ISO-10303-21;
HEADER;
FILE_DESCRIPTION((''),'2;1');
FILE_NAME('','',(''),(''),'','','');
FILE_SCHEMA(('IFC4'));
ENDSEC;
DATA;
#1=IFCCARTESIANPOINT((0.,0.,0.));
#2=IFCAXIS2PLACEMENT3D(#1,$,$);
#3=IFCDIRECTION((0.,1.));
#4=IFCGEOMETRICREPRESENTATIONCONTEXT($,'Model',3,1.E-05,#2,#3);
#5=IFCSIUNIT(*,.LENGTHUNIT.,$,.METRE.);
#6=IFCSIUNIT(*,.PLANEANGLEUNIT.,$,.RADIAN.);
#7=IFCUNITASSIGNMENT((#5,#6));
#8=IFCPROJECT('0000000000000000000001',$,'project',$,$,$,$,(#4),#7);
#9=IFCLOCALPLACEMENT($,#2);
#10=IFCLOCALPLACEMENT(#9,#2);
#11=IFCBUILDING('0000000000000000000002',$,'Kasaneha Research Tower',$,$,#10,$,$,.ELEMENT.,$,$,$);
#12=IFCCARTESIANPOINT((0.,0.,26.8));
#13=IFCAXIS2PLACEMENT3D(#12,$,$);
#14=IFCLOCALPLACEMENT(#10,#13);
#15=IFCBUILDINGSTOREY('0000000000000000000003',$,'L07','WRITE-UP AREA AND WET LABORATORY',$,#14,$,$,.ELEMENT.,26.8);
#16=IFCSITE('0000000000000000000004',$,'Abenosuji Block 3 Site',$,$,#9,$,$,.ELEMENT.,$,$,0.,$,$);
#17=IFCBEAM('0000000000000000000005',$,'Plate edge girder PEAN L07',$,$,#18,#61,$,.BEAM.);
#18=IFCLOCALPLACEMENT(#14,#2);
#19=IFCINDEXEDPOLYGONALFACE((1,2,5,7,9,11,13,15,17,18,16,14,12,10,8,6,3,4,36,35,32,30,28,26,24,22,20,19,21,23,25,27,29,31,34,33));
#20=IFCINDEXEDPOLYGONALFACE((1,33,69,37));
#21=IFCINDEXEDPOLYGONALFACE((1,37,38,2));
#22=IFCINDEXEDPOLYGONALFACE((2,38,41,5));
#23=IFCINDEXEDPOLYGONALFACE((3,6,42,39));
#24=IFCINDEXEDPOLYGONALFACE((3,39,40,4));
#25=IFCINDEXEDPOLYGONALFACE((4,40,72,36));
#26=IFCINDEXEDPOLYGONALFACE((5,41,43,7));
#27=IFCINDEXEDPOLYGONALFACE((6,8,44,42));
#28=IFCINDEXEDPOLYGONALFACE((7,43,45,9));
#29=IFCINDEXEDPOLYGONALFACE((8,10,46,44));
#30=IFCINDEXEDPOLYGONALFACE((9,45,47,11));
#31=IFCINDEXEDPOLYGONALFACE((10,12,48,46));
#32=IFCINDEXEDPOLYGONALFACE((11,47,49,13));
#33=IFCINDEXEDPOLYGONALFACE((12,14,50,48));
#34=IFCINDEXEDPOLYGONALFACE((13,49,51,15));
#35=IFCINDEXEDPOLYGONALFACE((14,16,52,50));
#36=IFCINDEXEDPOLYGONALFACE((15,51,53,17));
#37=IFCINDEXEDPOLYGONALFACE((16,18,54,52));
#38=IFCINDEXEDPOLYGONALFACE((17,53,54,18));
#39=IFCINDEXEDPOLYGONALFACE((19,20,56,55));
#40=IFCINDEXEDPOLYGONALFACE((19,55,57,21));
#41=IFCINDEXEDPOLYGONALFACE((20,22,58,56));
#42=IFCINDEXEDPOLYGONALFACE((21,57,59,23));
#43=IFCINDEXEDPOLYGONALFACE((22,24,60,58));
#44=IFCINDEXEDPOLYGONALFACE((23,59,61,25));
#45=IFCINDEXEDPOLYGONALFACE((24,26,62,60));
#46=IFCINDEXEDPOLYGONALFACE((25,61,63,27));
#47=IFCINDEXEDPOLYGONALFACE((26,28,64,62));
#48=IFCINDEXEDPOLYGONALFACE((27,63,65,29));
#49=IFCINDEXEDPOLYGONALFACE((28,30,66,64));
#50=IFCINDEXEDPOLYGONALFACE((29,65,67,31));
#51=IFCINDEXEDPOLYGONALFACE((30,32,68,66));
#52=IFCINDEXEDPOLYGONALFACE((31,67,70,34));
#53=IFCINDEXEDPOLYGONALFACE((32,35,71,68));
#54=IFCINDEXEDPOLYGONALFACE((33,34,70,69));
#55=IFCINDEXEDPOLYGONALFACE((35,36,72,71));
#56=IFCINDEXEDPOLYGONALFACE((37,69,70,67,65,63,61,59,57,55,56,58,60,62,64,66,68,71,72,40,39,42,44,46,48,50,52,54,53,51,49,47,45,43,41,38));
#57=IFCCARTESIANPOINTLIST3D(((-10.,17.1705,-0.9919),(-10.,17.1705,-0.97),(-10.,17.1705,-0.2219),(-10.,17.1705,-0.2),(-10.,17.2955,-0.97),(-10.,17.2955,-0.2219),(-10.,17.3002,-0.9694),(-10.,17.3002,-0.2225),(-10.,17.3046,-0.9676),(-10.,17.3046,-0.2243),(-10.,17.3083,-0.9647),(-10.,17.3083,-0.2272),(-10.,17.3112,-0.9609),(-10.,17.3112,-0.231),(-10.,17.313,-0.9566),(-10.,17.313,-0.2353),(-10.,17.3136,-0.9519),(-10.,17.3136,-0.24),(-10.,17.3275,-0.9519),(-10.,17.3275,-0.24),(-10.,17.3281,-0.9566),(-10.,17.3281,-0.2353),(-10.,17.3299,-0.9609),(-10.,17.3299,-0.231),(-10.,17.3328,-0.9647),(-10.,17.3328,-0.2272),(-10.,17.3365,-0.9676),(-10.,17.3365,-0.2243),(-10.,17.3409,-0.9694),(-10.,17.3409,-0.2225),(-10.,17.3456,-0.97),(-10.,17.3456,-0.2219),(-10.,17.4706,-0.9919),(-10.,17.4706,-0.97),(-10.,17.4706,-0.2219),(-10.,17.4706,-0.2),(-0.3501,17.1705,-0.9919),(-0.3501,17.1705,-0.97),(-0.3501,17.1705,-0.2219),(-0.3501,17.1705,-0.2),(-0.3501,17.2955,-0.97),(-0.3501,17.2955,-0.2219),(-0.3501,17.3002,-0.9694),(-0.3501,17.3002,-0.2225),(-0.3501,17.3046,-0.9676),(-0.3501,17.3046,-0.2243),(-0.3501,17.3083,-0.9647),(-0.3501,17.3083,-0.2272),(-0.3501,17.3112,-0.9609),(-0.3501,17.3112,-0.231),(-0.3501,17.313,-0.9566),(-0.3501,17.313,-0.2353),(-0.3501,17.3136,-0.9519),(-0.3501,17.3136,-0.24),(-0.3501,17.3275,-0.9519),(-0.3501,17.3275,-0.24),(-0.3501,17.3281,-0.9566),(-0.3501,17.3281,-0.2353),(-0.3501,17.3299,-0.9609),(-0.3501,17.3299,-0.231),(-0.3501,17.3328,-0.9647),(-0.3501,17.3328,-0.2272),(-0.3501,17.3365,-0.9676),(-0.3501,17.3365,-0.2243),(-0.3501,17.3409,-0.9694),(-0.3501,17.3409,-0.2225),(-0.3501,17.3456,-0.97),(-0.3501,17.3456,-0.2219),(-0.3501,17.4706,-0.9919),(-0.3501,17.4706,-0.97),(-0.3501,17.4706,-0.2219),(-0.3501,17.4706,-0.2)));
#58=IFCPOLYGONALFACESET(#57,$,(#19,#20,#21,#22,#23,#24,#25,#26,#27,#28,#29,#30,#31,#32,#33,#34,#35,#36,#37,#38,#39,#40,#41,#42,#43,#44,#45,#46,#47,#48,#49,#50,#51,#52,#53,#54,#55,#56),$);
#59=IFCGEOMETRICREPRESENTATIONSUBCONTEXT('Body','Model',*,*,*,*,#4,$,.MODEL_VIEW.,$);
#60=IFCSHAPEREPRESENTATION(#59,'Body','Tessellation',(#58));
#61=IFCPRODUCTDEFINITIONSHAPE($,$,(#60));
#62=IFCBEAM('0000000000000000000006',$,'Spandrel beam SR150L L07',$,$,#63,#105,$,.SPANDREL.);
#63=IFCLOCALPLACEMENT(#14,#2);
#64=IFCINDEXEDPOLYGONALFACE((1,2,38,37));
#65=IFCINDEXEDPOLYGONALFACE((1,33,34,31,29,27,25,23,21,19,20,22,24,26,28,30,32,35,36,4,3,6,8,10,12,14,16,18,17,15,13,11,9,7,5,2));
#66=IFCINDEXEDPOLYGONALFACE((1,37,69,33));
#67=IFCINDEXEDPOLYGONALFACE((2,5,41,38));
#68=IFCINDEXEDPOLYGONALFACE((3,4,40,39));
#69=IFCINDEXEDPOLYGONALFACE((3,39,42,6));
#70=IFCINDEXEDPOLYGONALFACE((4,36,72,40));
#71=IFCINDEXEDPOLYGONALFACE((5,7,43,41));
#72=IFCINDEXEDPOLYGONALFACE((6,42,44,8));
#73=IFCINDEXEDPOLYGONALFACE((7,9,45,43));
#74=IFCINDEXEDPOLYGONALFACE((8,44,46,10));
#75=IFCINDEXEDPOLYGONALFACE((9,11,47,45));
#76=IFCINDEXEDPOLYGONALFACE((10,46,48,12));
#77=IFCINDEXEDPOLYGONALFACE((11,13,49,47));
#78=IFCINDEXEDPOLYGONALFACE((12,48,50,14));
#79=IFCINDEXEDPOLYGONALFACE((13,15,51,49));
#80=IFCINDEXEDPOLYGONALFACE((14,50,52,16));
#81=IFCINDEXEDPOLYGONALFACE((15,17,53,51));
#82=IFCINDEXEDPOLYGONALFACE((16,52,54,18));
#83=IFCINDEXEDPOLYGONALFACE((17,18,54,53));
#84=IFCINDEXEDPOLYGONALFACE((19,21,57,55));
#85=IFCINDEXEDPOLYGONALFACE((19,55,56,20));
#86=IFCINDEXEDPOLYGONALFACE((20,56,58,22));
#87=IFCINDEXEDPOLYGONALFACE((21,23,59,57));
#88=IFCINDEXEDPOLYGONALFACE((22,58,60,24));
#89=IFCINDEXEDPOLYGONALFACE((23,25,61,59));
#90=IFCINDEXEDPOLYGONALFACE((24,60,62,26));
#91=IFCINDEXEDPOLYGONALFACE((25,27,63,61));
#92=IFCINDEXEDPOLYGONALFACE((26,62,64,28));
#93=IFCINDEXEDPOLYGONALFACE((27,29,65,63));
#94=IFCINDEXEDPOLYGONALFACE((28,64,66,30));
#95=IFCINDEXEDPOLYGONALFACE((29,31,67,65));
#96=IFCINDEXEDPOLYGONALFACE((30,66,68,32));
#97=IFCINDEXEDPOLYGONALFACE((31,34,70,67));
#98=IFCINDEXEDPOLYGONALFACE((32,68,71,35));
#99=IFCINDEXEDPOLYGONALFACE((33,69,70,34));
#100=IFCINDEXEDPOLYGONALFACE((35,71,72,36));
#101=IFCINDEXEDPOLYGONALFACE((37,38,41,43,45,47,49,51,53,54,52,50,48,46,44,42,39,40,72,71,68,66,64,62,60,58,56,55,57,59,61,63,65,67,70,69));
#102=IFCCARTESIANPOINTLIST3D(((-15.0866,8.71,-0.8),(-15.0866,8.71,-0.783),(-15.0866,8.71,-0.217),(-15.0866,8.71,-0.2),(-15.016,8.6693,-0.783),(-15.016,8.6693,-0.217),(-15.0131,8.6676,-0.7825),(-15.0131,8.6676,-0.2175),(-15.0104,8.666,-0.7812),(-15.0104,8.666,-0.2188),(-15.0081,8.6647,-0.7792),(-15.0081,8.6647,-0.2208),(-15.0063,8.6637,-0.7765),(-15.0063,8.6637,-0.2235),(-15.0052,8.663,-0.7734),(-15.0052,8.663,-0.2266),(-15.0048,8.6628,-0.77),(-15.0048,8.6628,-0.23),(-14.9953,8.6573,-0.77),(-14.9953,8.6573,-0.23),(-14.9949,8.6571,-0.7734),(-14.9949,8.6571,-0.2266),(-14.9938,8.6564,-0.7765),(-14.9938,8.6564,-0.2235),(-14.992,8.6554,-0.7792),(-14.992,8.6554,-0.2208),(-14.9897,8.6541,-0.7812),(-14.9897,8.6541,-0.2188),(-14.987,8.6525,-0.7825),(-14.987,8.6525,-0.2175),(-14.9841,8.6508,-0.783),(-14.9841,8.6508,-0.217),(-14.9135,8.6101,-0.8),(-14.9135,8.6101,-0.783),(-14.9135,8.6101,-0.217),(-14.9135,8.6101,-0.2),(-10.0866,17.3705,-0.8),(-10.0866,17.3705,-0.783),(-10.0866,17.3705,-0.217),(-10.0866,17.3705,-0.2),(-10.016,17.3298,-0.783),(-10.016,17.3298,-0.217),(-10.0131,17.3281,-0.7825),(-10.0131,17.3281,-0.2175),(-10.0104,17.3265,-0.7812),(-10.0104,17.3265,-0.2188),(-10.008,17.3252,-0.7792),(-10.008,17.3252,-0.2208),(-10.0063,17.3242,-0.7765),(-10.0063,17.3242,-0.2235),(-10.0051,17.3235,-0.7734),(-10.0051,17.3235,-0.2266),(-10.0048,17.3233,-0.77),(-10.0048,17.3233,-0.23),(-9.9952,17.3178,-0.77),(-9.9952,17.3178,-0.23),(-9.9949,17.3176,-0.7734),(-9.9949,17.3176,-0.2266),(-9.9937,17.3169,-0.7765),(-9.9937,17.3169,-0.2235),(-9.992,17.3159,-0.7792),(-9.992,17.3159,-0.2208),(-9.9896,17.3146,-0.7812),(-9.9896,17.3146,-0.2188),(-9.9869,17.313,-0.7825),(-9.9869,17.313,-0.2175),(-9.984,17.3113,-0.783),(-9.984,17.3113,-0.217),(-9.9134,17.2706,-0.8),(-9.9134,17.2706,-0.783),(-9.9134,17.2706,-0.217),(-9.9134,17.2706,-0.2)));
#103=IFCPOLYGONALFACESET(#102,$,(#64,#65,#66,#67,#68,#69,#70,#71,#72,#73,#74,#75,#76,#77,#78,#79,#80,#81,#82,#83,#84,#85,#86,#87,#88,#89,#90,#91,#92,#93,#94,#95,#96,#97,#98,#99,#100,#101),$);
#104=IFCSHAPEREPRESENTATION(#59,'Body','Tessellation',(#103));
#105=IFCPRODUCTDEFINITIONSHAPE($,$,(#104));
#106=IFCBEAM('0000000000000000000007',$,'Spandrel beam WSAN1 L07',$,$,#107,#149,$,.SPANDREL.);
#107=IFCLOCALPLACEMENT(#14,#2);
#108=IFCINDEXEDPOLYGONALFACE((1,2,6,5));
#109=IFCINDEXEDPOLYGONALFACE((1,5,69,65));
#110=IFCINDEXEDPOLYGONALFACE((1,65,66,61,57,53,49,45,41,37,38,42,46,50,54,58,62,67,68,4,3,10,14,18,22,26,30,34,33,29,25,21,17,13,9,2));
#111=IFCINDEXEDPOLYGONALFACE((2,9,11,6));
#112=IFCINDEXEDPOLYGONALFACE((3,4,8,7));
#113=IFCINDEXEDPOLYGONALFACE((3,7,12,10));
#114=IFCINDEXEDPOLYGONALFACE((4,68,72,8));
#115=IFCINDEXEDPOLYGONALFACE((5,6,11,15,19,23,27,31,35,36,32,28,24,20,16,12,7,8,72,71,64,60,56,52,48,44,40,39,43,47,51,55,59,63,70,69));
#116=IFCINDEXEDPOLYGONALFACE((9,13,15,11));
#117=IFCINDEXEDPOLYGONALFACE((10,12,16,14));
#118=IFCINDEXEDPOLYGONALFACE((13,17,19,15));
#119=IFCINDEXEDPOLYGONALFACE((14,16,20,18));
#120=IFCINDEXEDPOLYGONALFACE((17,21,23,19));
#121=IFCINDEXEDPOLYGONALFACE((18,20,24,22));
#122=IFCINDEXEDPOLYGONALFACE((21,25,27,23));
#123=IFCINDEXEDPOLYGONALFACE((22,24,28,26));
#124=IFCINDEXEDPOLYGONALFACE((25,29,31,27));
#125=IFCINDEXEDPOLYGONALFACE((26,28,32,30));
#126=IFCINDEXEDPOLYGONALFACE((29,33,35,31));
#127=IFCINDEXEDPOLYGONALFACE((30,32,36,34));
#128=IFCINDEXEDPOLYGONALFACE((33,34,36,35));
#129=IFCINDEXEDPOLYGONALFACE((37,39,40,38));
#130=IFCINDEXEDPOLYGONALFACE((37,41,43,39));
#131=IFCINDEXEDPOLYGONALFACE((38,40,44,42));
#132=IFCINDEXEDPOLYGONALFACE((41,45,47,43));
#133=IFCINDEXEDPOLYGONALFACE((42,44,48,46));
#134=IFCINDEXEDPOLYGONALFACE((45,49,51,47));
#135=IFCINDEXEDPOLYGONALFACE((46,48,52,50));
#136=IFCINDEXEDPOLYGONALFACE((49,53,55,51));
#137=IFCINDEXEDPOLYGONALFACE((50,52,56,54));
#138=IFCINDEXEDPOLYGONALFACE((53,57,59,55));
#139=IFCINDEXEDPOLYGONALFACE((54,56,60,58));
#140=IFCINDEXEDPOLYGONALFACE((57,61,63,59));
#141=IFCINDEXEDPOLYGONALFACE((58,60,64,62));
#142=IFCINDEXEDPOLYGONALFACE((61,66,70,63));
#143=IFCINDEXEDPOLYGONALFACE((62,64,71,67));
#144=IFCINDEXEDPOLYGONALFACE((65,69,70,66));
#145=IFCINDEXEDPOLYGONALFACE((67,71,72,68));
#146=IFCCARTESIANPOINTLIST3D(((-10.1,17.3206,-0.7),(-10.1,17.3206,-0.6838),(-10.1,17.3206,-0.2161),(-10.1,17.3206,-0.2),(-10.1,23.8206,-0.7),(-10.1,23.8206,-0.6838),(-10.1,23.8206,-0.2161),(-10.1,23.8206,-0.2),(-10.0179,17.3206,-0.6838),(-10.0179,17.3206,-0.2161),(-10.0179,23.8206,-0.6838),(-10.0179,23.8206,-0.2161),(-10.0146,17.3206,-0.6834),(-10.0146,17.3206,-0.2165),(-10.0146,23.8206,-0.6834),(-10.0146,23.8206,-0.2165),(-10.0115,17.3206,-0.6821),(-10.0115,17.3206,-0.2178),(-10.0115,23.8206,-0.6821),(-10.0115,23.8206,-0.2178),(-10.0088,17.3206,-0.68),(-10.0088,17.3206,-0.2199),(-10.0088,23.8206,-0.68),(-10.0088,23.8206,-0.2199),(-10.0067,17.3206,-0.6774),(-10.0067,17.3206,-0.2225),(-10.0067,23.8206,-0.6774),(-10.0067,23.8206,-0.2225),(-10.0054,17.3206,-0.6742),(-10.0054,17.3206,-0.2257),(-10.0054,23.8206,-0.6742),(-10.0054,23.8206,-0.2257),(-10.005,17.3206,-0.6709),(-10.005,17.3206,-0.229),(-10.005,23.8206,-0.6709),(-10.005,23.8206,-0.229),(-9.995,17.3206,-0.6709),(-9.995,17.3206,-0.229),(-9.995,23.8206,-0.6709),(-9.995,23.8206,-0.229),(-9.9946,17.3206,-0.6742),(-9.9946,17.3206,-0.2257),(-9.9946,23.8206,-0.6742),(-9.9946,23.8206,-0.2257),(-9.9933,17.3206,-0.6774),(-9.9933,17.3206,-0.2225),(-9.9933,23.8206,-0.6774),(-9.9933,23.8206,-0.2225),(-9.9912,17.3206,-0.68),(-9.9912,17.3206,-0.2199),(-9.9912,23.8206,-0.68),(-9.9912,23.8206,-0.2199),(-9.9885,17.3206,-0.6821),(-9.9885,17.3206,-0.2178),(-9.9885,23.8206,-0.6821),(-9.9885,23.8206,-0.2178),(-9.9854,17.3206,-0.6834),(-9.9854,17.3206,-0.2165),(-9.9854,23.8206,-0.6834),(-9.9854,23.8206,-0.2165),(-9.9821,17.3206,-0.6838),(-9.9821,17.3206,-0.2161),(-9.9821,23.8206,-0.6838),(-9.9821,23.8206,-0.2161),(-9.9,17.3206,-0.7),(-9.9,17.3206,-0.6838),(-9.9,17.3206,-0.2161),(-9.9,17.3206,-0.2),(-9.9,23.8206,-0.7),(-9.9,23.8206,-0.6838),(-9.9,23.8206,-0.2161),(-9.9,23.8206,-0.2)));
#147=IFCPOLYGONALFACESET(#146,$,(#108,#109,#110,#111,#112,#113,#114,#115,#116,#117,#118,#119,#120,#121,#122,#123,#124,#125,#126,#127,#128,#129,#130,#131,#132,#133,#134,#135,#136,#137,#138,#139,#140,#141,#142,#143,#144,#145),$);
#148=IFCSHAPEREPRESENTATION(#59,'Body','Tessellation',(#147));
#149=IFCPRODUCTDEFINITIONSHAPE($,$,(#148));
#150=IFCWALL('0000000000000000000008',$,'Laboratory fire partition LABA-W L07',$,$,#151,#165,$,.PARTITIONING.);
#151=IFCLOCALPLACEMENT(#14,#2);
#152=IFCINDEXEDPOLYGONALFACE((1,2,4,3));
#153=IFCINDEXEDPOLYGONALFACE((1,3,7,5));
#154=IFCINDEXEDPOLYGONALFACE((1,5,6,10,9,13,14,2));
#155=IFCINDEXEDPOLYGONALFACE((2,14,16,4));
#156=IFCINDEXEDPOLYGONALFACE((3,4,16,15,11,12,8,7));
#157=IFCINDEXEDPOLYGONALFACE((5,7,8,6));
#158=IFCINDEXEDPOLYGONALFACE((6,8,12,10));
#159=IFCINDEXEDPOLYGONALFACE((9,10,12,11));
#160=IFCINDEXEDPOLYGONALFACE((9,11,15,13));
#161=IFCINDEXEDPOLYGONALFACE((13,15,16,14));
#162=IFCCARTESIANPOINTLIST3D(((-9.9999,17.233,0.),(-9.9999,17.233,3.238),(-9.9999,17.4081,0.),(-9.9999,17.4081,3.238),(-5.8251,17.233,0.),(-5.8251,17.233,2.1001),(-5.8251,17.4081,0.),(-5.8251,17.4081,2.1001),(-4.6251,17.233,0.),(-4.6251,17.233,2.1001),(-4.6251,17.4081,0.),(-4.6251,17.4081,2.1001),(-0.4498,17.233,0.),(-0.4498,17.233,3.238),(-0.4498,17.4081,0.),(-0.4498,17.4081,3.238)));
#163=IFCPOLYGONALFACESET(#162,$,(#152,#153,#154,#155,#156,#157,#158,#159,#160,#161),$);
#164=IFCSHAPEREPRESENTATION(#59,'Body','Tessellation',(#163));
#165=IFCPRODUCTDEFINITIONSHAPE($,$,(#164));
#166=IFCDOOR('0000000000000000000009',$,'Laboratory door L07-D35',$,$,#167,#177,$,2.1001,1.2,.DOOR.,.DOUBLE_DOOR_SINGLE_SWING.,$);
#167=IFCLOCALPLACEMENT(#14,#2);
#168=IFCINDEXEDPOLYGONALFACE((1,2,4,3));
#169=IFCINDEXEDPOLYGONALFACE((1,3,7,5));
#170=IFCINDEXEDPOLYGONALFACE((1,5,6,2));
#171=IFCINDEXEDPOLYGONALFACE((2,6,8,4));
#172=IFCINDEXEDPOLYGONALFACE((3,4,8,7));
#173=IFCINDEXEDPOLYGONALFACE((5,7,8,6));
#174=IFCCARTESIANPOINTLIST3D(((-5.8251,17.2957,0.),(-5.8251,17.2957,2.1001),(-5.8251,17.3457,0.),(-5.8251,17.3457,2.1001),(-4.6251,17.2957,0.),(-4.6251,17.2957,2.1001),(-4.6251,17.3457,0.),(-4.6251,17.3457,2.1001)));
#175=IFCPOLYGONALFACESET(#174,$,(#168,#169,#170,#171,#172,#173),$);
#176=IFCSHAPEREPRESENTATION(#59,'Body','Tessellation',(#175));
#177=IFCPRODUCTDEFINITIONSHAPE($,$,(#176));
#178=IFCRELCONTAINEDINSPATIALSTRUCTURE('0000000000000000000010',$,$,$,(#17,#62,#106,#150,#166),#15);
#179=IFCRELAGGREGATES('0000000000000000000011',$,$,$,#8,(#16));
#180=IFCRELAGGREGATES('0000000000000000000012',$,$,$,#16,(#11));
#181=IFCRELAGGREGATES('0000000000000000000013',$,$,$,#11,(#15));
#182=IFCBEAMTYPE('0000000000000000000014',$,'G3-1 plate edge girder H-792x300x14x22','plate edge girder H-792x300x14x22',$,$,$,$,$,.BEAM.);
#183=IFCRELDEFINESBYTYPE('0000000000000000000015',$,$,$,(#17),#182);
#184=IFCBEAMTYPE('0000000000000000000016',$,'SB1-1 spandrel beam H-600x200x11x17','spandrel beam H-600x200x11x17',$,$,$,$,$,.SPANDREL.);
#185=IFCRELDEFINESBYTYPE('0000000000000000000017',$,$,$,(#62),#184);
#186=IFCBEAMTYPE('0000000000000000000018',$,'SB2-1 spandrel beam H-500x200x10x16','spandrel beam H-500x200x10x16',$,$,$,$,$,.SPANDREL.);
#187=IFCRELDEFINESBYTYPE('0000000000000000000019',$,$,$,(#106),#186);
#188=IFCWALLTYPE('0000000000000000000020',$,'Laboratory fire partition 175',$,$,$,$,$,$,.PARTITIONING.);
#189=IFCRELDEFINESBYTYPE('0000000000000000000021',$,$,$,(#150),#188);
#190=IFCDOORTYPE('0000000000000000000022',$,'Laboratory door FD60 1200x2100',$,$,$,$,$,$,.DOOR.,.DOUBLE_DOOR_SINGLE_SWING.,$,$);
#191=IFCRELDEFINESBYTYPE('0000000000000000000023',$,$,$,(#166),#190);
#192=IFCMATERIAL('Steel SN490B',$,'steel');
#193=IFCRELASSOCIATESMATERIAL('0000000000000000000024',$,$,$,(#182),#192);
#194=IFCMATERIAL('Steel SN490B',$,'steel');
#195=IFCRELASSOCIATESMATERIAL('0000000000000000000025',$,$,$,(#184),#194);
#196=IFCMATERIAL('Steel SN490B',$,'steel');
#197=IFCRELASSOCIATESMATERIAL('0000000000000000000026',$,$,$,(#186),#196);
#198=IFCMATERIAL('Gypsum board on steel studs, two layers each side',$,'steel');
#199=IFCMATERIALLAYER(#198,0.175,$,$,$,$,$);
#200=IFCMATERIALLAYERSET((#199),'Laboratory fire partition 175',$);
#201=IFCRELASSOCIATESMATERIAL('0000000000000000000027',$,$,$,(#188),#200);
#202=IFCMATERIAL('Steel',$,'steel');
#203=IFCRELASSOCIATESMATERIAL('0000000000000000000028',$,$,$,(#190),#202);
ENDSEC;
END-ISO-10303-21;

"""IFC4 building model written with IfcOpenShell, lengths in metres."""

from ifc_helpers import new_model, si_unit, direction, frame, frame_2d, origin, origin_2d, place, context, subcontext, project, spatial, rectangle, i_section, extrude, material, layer, layer_set, material_profile, profile_set, type_object, element, fill, save


model = new_model("IFC4")

# Units and contexts
model_context = context("Model", 3, precision=1e-05, world=origin(), true_north=direction((0.0, 1.0)))
body_context = subcontext(model_context, "Body", "Model", "MODEL_VIEW")
ifc_project = project(units=[si_unit("LENGTHUNIT", "METRE"), si_unit("PLANEANGLEUNIT", "RADIAN")], contexts=[model_context])

# Site, building, storey
site_placement = place(None, origin())
site = spatial("IfcSite", under=ifc_project, at=site_placement, Name="Abenosuji Block 3 Site", CompositionType="ELEMENT", RefElevation=0.0)
building_placement = place(site_placement, origin())
building = spatial("IfcBuilding", under=site, at=building_placement, Name="Kasaneha Research Tower", CompositionType="ELEMENT")
storey_placement = place(building_placement, frame((0.0, 0.0, 26.8)))
storey = spatial("IfcBuildingStorey", under=building, at=storey_placement, Name="L07", Description="WRITE-UP AREA AND WET LABORATORY", CompositionType="ELEMENT", Elevation=26.8)

# Beams
ifc_material_1 = material(Name="Steel SN490B", Category="steel")
ifc_material_profile_1 = material_profile(ifc_material_1, i_section(OverallWidth=0.3, OverallDepth=0.792, WebThickness=0.0139, FlangeThickness=0.022, FilletRadius=0.0181, at=origin_2d()), Name="H-792x300x14x22")
ifc_profile_set_1 = profile_set([ifc_material_profile_1], Name="Steel SN490B")
beam_type_1 = type_object("IfcBeamType", Name="G3-1 plate edge girder H-792x300x14x22", Description="plate edge girder H-792x300x14x22", PredefinedType="BEAM", material=ifc_profile_set_1)
beam_1_placement = place(storey_placement, frame((-10.0, 17.3206, -0.5959), z_axis=(1.0, 0.0, 0.0), x_axis=(0.0, 1.0, 0.0)))
element("IfcBeam", 1, at=beam_1_placement, inside=storey, type_object=beam_type_1, Name="Plate edge girder PEAN L07", PredefinedType="BEAM", context=body_context, shape_type="SweptSolid", body=[
    extrude(i_section(OverallWidth=0.3, OverallDepth=0.792, WebThickness=0.0139, FlangeThickness=0.022, FilletRadius=0.0181, at=origin_2d()), origin(), (0.0, 0.0, 1.0), 9.6499),
])
ifc_material_2 = material(Name="Steel SN490B", Category="steel")
ifc_material_profile_2 = material_profile(ifc_material_2, i_section(OverallWidth=0.2, OverallDepth=0.6001, WebThickness=0.011, FlangeThickness=0.0171, FilletRadius=0.0129, at=origin_2d()), Name="H-600x200x11x17")
ifc_profile_set_2 = profile_set([ifc_material_profile_2], Name="Steel SN490B")
beam_type_2 = type_object("IfcBeamType", Name="SB1-1 spandrel beam H-600x200x11x17", Description="spandrel beam H-600x200x11x17", PredefinedType="SPANDREL", material=ifc_profile_set_2)
beam_2_placement = place(storey_placement, frame((-10.0, 17.3206, -0.5), z_axis=(-0.499994, -0.866029, 0.0), x_axis=(0.866029, -0.499994, 0.0)))
element("IfcBeam", 2, at=beam_2_placement, inside=storey, type_object=beam_type_2, Name="Spandrel beam SR150L L07", PredefinedType="SPANDREL", context=body_context, shape_type="SweptSolid", body=[
    extrude(i_section(OverallWidth=0.2, OverallDepth=0.6001, WebThickness=0.011, FlangeThickness=0.0171, FilletRadius=0.0129, at=origin_2d()), origin(), (0.0, 0.0, 1.0), 10.0002),
])
ifc_material_3 = material(Name="Steel SN490B", Category="steel")
ifc_material_profile_3 = material_profile(ifc_material_3, i_section(OverallWidth=0.2, OverallDepth=0.5, WebThickness=0.01, FlangeThickness=0.0161, FilletRadius=0.0129, at=origin_2d()), Name="H-500x200x10x16")
ifc_profile_set_3 = profile_set([ifc_material_profile_3], Name="Steel SN490B")
beam_type_3 = type_object("IfcBeamType", Name="SB2-1 spandrel beam H-500x200x10x16", Description="spandrel beam H-500x200x10x16", PredefinedType="SPANDREL", material=ifc_profile_set_3)
beam_3_placement = place(storey_placement, frame((-10.0, 17.3206, -0.45), z_axis=(0.0, 1.0, 0.0), x_axis=(-1.0, 0.0, 0.0)))
element("IfcBeam", 3, at=beam_3_placement, inside=storey, type_object=beam_type_3, Name="Spandrel beam WSAN1 L07", PredefinedType="SPANDREL", context=body_context, shape_type="SweptSolid", body=[
    extrude(i_section(OverallWidth=0.2, OverallDepth=0.5, WebThickness=0.01, FlangeThickness=0.0161, FilletRadius=0.0129, at=origin_2d()), origin(), (0.0, 0.0, 1.0), 6.5),
])

# Wall, opening, door
ifc_material_4 = material(Name="Gypsum board on steel studs, two layers each side", Category="steel")
ifc_layer_1 = layer(ifc_material_4, 0.175)
ifc_layer_set_1 = layer_set([ifc_layer_1], Name="Laboratory fire partition 175")
wall_type_1 = type_object("IfcWallType", Name="Laboratory fire partition 175", PredefinedType="PARTITIONING", material=ifc_layer_set_1)
wall_1_placement = place(storey_placement, frame((-0.45, 17.3206, 0.0), z_axis=(0.0, 0.0, 1.0), x_axis=(-1.0, 0.0, 0.0)))
wall_1 = element("IfcWall", 4, at=wall_1_placement, inside=storey, type_object=wall_type_1, Name="Laboratory fire partition LABA-W L07", PredefinedType="PARTITIONING", context=body_context, shape_type="SweptSolid", body=[
    extrude(rectangle(XDim=9.55, YDim=0.175, at=frame_2d((4.7749, 0.0))), origin(), (0.0, 0.0, 1.0), 3.238),
])
opening_1_placement = place(wall_1_placement, frame((4.175, 0.0, 0.0)))
opening_1 = element("IfcOpeningElement", 5, at=opening_1_placement, cuts=wall_1, PredefinedType="OPENING", context=body_context, shape_type="SweptSolid", body=[
    extrude(rectangle(XDim=1.2, YDim=2.1001, at=frame_2d((0.6001, 1.05))), frame((0.0, 0.0977, 0.0), z_axis=(0.0, -1.0, 0.0), x_axis=(1.0, 0.0, 0.0)), (0.0, 0.0, 1.0), 0.1951),
])
ifc_material_5 = material(Name="Steel", Category="steel")
door_type_1 = type_object("IfcDoorType", Name="Laboratory door FD60 1200x2100", OperationType="DOUBLE_DOOR_SINGLE_SWING", PredefinedType="DOOR", material=ifc_material_5)
door_1_placement = place(opening_1_placement, origin())
door_1 = element("IfcDoor", 6, at=door_1_placement, inside=storey, type_object=door_type_1, Name="Laboratory door L07-D35", OperationType="DOUBLE_DOOR_SINGLE_SWING", OverallHeight=2.1001, OverallWidth=1.2, PredefinedType="DOOR", context=body_context, shape_type="SweptSolid", body=[
    extrude(rectangle(XDim=1.2, YDim=2.1001, at=frame_2d((0.6001, 1.05))), frame((0.0, 0.0249, 0.0), z_axis=(0.0, -1.0, 0.0), x_axis=(1.0, 0.0, 0.0)), (0.0, 0.0, 1.0), 0.05),
])
fill(opening_1, door_1)

save(model, "model.ifc")
